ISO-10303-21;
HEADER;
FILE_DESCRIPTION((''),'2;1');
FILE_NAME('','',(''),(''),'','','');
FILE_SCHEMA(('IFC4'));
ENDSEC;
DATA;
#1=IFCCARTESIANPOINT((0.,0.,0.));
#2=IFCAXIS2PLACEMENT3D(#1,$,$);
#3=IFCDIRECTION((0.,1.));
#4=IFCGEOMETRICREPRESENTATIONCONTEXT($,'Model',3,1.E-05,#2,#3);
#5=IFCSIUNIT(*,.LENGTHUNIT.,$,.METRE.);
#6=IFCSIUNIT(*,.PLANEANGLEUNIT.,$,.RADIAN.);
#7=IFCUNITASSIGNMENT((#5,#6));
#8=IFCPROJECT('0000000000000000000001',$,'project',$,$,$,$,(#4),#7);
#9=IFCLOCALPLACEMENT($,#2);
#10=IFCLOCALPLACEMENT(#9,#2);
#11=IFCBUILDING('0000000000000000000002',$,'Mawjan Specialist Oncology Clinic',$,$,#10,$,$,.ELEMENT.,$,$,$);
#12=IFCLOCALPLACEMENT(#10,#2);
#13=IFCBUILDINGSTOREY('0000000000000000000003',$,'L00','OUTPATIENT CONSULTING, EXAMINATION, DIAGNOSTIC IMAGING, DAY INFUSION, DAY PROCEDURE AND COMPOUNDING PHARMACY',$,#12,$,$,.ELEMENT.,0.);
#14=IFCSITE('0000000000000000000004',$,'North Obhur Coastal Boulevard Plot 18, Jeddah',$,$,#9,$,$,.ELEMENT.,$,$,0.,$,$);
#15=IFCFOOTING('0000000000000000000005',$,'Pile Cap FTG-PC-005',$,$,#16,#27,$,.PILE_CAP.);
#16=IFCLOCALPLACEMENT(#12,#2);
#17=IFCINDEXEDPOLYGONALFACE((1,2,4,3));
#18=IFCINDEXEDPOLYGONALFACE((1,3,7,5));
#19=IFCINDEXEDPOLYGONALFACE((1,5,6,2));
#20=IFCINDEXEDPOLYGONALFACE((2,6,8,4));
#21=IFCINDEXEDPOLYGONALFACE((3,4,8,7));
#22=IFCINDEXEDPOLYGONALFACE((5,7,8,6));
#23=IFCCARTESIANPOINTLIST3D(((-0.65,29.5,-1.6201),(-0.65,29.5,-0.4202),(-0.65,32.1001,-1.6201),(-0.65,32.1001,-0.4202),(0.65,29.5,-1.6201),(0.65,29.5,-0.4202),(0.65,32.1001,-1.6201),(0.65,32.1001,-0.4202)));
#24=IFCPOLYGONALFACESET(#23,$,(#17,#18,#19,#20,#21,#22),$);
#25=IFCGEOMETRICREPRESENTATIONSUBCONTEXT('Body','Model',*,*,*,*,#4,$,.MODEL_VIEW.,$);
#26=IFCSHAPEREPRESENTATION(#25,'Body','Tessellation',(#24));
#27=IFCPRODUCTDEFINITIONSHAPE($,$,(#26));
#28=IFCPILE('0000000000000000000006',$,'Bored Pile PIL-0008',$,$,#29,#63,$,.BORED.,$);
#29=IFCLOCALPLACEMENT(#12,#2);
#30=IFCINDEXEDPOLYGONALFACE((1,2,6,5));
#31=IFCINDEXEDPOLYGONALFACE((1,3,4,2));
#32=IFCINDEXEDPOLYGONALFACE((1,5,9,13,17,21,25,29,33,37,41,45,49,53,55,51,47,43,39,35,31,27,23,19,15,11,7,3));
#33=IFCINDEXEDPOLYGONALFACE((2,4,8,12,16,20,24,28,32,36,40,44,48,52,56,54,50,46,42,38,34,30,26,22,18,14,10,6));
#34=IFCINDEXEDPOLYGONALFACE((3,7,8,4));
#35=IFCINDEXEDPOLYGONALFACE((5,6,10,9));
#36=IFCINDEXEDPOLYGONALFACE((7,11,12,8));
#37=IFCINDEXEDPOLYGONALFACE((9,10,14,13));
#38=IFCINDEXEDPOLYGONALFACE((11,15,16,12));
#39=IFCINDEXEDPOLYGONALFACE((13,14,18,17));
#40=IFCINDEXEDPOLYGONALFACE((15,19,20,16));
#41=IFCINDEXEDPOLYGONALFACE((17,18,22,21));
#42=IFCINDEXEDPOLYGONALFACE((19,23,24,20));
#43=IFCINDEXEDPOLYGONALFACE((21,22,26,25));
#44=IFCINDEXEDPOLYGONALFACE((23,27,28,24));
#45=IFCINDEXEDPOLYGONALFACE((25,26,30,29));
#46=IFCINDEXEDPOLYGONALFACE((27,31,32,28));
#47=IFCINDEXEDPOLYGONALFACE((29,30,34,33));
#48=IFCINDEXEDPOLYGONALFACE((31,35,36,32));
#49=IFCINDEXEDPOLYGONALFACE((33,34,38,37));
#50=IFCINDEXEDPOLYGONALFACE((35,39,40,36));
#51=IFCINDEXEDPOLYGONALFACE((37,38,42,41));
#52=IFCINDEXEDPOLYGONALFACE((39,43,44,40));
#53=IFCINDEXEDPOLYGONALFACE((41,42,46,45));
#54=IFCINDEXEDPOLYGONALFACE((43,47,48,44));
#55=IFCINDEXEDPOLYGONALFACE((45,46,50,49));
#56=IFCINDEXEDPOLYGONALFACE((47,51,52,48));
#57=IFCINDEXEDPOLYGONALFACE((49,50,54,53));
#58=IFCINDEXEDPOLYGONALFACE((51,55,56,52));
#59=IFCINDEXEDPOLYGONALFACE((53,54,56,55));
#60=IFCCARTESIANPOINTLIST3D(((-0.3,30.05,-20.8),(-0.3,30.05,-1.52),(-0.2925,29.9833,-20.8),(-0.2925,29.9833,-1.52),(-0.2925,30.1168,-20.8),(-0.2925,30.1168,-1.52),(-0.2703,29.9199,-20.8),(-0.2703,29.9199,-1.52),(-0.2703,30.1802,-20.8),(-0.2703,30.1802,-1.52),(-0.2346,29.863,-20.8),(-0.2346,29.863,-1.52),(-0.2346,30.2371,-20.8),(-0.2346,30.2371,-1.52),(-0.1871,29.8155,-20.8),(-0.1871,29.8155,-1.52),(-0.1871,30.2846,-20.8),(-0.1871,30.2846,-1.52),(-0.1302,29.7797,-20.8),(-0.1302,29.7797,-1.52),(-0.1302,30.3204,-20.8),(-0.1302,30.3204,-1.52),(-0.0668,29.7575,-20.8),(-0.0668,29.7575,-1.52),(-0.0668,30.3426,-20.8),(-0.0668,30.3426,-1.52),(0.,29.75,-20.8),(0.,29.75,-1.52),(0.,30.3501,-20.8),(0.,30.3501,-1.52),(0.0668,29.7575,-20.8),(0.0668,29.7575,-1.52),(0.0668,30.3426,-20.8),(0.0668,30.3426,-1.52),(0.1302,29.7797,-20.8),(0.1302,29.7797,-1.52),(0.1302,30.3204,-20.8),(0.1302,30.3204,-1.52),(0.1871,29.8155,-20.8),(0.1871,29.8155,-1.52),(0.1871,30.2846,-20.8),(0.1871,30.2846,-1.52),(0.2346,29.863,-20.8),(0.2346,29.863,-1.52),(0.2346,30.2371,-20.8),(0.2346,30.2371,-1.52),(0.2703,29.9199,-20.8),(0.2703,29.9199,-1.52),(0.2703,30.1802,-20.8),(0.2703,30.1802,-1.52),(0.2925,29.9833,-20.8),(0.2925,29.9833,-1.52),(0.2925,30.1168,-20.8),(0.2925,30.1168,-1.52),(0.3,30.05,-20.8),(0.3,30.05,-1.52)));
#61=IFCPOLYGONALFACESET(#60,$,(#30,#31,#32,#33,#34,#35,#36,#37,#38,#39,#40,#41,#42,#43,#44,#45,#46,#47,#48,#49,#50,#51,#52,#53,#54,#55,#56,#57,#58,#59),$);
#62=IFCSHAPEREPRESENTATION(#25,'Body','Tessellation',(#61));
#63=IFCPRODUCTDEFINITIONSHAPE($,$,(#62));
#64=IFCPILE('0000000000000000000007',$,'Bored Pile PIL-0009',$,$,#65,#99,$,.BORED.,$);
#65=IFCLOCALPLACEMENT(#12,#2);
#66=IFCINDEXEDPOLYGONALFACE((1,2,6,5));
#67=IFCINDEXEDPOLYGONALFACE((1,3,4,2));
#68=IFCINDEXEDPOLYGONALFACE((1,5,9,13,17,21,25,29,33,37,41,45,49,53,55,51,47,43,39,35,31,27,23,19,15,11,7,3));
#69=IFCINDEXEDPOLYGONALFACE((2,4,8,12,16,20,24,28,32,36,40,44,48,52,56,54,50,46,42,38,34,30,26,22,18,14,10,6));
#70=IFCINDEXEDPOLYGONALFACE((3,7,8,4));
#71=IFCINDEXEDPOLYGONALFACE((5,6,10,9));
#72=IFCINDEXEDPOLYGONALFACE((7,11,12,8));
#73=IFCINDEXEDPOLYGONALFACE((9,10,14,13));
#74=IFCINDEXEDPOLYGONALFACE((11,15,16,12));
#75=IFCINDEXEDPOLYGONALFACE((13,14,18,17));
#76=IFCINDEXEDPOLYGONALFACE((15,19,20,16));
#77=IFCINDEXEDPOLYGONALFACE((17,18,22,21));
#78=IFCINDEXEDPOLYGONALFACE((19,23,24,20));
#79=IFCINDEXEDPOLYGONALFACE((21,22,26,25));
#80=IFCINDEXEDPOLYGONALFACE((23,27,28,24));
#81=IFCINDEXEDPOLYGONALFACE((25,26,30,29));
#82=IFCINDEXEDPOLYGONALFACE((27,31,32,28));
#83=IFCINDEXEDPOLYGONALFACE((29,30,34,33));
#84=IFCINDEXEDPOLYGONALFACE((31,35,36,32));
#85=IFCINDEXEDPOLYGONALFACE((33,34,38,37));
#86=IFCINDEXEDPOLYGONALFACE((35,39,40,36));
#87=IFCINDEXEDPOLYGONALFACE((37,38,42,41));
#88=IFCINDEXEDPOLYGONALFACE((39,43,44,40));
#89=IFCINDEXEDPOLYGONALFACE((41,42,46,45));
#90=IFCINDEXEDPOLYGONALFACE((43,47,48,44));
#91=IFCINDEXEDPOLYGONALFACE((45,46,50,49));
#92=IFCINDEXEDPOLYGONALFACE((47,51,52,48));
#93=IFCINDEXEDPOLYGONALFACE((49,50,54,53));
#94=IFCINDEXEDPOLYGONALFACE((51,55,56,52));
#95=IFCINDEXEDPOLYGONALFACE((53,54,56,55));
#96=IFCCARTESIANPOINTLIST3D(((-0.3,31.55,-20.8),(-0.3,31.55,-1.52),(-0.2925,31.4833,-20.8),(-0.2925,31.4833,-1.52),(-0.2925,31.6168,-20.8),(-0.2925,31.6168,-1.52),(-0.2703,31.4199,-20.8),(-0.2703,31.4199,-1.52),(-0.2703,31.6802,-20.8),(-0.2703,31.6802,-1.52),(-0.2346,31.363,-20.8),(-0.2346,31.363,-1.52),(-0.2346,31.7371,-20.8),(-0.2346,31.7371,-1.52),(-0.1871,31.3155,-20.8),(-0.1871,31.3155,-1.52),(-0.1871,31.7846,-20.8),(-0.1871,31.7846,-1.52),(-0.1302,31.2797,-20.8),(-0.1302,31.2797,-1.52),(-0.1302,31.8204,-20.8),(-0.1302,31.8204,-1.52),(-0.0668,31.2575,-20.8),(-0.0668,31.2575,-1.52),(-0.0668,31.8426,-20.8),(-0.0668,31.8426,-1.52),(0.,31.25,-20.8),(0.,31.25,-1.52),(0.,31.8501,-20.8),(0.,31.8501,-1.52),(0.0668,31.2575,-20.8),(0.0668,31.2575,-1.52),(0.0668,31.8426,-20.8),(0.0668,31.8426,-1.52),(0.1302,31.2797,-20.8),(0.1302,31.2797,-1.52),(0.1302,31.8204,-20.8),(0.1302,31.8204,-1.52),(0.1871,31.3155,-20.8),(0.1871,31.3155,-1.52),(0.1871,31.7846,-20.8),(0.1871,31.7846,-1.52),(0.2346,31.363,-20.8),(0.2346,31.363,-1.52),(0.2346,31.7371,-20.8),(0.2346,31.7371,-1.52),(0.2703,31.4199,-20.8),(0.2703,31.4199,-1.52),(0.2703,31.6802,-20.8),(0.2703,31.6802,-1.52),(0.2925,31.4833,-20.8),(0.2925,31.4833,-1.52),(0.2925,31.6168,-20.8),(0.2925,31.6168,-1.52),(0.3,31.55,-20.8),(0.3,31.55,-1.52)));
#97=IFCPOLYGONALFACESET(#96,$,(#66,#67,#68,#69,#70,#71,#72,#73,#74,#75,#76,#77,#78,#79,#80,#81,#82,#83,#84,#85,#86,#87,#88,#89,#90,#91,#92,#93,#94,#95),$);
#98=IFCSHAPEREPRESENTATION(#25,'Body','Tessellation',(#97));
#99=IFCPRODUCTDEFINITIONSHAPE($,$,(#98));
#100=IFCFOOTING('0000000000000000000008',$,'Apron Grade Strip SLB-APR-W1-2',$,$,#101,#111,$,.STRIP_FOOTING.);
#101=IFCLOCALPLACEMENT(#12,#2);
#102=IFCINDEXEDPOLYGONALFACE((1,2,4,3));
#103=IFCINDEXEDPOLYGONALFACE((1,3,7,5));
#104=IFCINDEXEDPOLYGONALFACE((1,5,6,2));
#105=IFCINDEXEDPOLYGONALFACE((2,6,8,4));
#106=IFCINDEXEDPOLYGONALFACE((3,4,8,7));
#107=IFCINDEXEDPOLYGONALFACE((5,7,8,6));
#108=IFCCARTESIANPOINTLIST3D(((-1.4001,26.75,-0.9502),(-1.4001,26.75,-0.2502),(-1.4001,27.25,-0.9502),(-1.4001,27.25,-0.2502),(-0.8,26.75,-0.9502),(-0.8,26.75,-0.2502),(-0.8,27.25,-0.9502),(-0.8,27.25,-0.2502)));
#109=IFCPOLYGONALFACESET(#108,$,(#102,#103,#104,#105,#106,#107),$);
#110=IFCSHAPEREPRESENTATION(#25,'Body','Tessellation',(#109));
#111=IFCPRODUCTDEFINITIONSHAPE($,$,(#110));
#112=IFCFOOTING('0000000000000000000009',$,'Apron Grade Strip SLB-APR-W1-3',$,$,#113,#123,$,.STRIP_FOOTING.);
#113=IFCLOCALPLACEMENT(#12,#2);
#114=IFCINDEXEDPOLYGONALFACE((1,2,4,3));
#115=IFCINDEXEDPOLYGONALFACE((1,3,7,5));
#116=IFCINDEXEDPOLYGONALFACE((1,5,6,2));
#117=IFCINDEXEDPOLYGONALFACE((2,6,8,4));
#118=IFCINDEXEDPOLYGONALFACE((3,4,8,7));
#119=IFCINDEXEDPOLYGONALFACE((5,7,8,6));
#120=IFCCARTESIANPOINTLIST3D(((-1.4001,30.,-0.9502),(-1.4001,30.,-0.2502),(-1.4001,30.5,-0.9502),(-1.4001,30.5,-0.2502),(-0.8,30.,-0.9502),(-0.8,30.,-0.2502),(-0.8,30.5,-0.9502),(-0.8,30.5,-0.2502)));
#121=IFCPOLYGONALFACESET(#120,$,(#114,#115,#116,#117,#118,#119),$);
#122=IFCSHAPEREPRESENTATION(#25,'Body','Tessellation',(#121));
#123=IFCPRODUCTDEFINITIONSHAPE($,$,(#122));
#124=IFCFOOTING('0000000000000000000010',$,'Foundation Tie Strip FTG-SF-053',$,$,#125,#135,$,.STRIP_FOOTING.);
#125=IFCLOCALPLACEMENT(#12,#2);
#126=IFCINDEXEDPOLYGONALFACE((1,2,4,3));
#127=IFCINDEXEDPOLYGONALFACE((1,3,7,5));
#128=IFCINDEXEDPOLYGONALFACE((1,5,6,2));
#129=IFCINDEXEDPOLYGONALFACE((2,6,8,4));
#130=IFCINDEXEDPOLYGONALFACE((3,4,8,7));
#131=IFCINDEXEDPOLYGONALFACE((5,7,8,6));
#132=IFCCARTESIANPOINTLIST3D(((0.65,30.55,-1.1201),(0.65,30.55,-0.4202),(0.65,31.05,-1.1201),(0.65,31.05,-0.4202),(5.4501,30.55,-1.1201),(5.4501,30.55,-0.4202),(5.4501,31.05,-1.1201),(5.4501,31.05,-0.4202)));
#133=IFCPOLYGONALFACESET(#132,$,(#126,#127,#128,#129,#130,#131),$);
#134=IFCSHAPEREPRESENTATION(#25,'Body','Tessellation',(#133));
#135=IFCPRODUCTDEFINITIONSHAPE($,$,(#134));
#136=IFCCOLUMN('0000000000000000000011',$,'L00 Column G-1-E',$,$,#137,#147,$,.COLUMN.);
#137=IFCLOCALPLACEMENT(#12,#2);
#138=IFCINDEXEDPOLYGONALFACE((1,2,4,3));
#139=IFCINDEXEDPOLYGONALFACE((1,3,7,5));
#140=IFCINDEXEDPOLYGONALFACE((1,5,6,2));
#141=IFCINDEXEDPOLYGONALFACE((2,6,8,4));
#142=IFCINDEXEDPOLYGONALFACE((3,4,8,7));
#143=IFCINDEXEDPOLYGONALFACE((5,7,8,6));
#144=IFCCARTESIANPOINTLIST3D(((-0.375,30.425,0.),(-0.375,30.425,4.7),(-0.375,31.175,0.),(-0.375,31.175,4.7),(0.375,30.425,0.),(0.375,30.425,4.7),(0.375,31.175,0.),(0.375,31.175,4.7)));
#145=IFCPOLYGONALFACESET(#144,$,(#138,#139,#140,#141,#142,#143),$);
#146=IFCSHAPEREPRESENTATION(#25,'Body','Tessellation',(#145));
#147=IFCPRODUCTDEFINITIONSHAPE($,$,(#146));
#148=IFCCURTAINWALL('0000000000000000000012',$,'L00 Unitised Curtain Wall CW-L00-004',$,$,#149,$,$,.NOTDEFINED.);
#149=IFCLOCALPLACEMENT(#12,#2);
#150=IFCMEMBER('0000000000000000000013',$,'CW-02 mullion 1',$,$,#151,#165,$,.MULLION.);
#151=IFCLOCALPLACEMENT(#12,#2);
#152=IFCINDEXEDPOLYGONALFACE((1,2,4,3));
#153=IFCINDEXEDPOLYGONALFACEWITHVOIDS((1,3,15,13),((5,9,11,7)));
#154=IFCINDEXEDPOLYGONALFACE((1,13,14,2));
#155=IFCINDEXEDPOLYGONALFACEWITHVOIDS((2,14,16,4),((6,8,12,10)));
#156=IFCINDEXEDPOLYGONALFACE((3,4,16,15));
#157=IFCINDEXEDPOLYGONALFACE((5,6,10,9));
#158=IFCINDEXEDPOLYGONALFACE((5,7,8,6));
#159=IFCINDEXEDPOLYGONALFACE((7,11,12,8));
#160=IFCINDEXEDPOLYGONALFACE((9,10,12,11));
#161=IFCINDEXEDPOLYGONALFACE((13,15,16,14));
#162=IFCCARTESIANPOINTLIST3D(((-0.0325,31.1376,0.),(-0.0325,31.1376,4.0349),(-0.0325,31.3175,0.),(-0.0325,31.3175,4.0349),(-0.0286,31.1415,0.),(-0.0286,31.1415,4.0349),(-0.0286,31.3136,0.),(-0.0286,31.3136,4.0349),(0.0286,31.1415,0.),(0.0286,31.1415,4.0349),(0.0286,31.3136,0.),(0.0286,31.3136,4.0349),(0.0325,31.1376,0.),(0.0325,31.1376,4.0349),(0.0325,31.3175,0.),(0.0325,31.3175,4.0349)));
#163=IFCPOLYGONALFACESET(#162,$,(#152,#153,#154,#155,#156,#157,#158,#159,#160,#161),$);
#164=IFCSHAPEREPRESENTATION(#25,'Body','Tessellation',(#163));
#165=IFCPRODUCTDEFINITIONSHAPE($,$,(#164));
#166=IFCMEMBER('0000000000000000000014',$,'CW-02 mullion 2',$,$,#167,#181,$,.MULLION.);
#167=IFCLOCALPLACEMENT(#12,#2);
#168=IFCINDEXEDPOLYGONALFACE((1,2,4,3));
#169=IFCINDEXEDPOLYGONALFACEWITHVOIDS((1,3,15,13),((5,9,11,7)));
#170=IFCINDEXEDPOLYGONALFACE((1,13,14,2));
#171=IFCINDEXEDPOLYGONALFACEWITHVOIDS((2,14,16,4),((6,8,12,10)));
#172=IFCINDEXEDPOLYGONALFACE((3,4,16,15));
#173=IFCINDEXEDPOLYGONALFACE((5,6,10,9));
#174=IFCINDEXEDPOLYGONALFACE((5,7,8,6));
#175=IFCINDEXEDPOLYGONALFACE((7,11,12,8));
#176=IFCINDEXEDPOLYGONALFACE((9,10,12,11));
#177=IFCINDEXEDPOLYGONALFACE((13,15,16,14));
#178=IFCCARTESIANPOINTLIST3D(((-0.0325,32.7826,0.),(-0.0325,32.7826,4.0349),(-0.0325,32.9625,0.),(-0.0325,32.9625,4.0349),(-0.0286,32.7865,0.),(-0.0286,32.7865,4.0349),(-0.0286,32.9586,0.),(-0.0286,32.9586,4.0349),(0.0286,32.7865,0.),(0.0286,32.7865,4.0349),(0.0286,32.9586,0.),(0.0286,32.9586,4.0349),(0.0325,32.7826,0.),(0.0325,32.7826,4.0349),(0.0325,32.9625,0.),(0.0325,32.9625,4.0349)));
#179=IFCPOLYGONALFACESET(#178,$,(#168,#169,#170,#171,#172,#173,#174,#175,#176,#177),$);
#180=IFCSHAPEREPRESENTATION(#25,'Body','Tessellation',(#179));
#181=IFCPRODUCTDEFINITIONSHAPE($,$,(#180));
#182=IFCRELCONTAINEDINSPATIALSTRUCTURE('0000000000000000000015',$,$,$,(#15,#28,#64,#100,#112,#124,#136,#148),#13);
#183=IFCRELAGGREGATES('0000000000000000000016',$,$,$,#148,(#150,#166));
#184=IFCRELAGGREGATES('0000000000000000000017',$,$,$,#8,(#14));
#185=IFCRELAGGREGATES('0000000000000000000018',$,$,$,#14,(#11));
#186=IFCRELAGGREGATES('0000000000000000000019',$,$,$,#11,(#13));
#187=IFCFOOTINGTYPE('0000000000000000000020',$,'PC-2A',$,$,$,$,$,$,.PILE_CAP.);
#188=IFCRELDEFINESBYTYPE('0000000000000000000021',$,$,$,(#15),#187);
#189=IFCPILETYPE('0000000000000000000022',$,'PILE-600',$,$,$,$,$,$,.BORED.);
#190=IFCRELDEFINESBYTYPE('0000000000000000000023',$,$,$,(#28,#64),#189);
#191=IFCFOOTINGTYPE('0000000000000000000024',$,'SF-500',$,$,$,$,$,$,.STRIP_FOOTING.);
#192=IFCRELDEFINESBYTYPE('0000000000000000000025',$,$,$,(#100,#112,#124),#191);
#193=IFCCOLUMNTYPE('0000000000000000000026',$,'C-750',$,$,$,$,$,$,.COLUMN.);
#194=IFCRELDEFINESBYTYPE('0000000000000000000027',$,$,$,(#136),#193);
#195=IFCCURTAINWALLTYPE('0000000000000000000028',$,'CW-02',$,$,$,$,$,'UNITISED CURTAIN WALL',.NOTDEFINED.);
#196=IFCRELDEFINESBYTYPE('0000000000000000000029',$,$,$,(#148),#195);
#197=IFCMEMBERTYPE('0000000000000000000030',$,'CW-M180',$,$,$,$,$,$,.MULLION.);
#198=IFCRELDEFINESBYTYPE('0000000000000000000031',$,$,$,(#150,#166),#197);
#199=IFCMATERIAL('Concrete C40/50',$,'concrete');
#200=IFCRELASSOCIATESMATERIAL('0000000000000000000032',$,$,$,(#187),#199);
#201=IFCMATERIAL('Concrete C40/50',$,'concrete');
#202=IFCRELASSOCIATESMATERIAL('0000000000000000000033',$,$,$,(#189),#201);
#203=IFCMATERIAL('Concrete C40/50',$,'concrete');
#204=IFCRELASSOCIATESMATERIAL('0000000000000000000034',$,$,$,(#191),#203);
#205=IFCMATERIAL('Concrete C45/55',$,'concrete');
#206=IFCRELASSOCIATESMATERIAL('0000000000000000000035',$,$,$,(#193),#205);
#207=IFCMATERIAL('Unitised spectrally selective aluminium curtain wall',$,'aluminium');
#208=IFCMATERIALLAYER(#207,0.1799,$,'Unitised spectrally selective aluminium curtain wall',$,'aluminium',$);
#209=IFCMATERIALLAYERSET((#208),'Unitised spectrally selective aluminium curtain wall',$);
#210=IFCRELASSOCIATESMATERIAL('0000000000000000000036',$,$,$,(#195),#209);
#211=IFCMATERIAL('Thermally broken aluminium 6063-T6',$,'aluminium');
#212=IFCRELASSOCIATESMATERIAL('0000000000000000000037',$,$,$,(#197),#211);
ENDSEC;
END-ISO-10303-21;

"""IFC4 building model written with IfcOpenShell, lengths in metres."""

from ifc_helpers import new_model, si_unit, direction, frame, origin, origin_2d, place, context, subcontext, project, spatial, rectangle, hollow_rectangle, circle, extrude, material, layer, layer_set, material_profile, profile_set, type_object, element, aggregate, save


model = new_model("IFC4")

# Units and contexts
model_context = context("Model", 3, precision=1e-05, world=origin(), true_north=direction((0.0, 1.0)))
body_context = subcontext(model_context, "Body", "Model", "MODEL_VIEW")
ifc_project = project(units=[si_unit("LENGTHUNIT", "METRE"), si_unit("PLANEANGLEUNIT", "RADIAN")], contexts=[model_context])

# Site, building, storey
site_placement = place(None, origin())
site = spatial("IfcSite", under=ifc_project, at=site_placement, Name="North Obhur Coastal Boulevard Plot 18, Jeddah", CompositionType="ELEMENT", RefElevation=0.0)
building_placement = place(site_placement, origin())
building = spatial("IfcBuilding", under=site, at=building_placement, Name="Mawjan Specialist Oncology Clinic", CompositionType="ELEMENT")
storey_placement = place(building_placement, origin())
storey = spatial("IfcBuildingStorey", under=building, at=storey_placement, Name="L00", Description="OUTPATIENT CONSULTING, EXAMINATION, DIAGNOSTIC IMAGING, DAY INFUSION, DAY PROCEDURE AND COMPOUNDING PHARMACY", CompositionType="ELEMENT", Elevation=0.0)

# Footing
ifc_material_1 = material(Name="Concrete C40/50", Category="concrete")
footing_type_1 = type_object("IfcFootingType", Name="PC-2A", PredefinedType="PILE_CAP", material=ifc_material_1)
footing_1_placement = place(storey_placement, frame((0.0, 30.8, -1.6201), z_axis=(0.0, 0.0, 1.0), x_axis=(0.0, 1.0, 0.0)))
element("IfcFooting", 1, at=footing_1_placement, inside=storey, type_object=footing_type_1, Name="Pile Cap FTG-PC-005", PredefinedType="PILE_CAP", context=body_context, shape_type="SweptSolid", body=[
    extrude(rectangle(XDim=2.6001, YDim=1.3, at=origin_2d()), origin(), (0.0, 0.0, 1.0), 1.2),
])

# Piles
ifc_material_2 = material(Name="Concrete C40/50", Category="concrete")
ifc_material_profile_1 = material_profile(ifc_material_2, circle(Radius=0.3, at=origin_2d()), Name="BORED PILE D600", Category="concrete")
ifc_profile_set_1 = profile_set([ifc_material_profile_1], Name="Concrete C40/50")
pile_type = type_object("IfcPileType", Name="PILE-600", PredefinedType="BORED", material=ifc_profile_set_1)
for number, where, z_axis, x_axis, name in (
    (2, (0.0, 30.05, -1.52), (0.0, 0.0, -1.0), (1.0, 0.0, 0.0), "Bored Pile PIL-0008"),
    (3, (0.0, 31.55, -1.52), (0.0, 0.0, -1.0), (1.0, 0.0, 0.0), "Bored Pile PIL-0009"),
):
    element("IfcPile", number, at=place(storey_placement, frame(where, z_axis=z_axis, x_axis=x_axis)), inside=storey, type_object=pile_type, Name=name, PredefinedType="BORED", context=body_context, shape_type="SweptSolid", body=[
        extrude(circle(Radius=0.3, at=origin_2d()), origin(), (0.0, 0.0, 1.0), 19.28),
    ])

# Footings
ifc_material_3 = material(Name="Concrete C40/50", Category="concrete")
footing_type_2 = type_object("IfcFootingType", Name="SF-500", PredefinedType="STRIP_FOOTING", material=ifc_material_3)
for number, where, z_axis, x_axis, name in (
    (4, (-1.1001, 27.0, -0.9502), (0.0, 0.0, 1.0), (1.0, 0.0, 0.0), "Apron Grade Strip SLB-APR-W1-2"),
    (5, (-1.1001, 30.25, -0.9502), (0.0, 0.0, 1.0), (1.0, 0.0, 0.0), "Apron Grade Strip SLB-APR-W1-3"),
):
    element("IfcFooting", number, at=place(storey_placement, frame(where, z_axis=z_axis, x_axis=x_axis)), inside=storey, type_object=footing_type_2, Name=name, PredefinedType="STRIP_FOOTING", context=body_context, shape_type="SweptSolid", body=[
        extrude(rectangle(XDim=0.6001, YDim=0.5, at=origin_2d()), origin(), (0.0, 0.0, 1.0), 0.7),
    ])
footing_2_placement = place(storey_placement, frame((3.05, 30.8, -1.1201), z_axis=(0.0, 0.0, 1.0), x_axis=(1.0, 0.0, 0.0)))
element("IfcFooting", 6, at=footing_2_placement, inside=storey, type_object=footing_type_2, Name="Foundation Tie Strip FTG-SF-053", PredefinedType="STRIP_FOOTING", context=body_context, shape_type="SweptSolid", body=[
    extrude(rectangle(XDim=4.8, YDim=0.5, at=origin_2d()), origin(), (0.0, 0.0, 1.0), 0.7),
])

# Column
ifc_material_4 = material(Name="Concrete C45/55", Category="concrete")
ifc_material_profile_2 = material_profile(ifc_material_4, rectangle(XDim=0.75, YDim=0.75, at=origin_2d()), Name="RC COL 750x750", Category="concrete")
ifc_profile_set_2 = profile_set([ifc_material_profile_2], Name="Concrete C45/55")
column_type = type_object("IfcColumnType", Name="C-750", PredefinedType="COLUMN", material=ifc_profile_set_2)
column_placement = place(storey_placement, frame((0.0, 30.8, 0.0), z_axis=(0.0, 0.0, 1.0), x_axis=(1.0, 0.0, 0.0)))
element("IfcColumn", 7, at=column_placement, inside=storey, type_object=column_type, Name="L00 Column G-1-E", PredefinedType="COLUMN", context=body_context, shape_type="SweptSolid", body=[
    extrude(rectangle(XDim=0.75, YDim=0.75, at=origin_2d()), origin(), (0.0, 0.0, 1.0), 4.7),
])

# Curtain wall, members
ifc_material_5 = material(Name="Unitised spectrally selective aluminium curtain wall", Category="aluminium")
ifc_layer_1 = layer(ifc_material_5, 0.1799, Name="Unitised spectrally selective aluminium curtain wall", Category="aluminium")
ifc_layer_set_1 = layer_set([ifc_layer_1], Name="Unitised spectrally selective aluminium curtain wall")
curtain_wall_type = type_object("IfcCurtainWallType", Name="CW-02", ElementType="UNITISED CURTAIN WALL", PredefinedType="NOTDEFINED", material=ifc_layer_set_1)
curtain_wall_placement = place(storey_placement, origin())
curtain_wall = element("IfcCurtainWall", 8, at=curtain_wall_placement, inside=storey, type_object=curtain_wall_type, Name="L00 Unitised Curtain Wall CW-L00-004", PredefinedType="NOTDEFINED")
ifc_material_6 = material(Name="Thermally broken aluminium 6063-T6", Category="aluminium")
ifc_material_profile_3 = material_profile(ifc_material_6, hollow_rectangle(XDim=0.0649, YDim=0.1799, WallThickness=0.0039, at=origin_2d()), Name="ALU MULLION 180x65x4", Category="aluminium")
ifc_profile_set_3 = profile_set([ifc_material_profile_3], Name="Thermally broken aluminium 6063-T6")
member_type_1 = type_object("IfcMemberType", Name="CW-M180", PredefinedType="MULLION", material=ifc_profile_set_3)
member_1_placement = place(storey_placement, frame((0.0, 31.2275, 0.0), z_axis=(0.0, 0.0, 1.0), x_axis=(-1.0, 0.0, 0.0)))
member_1 = element("IfcMember", 9, at=member_1_placement, type_object=member_type_1, Name="CW-02 mullion 1", PredefinedType="MULLION", context=body_context, shape_type="SweptSolid", body=[
    extrude(hollow_rectangle(XDim=0.0649, YDim=0.1799, WallThickness=0.0039, at=origin_2d()), origin(), (0.0, 0.0, 1.0), 4.0349),
])
member_2_placement = place(storey_placement, frame((0.0, 32.8726, 0.0), z_axis=(0.0, 0.0, 1.0), x_axis=(-1.0, 0.0, 0.0)))
member_2 = element("IfcMember", 10, at=member_2_placement, type_object=member_type_1, Name="CW-02 mullion 2", PredefinedType="MULLION", context=body_context, shape_type="SweptSolid", body=[
    extrude(hollow_rectangle(XDim=0.0649, YDim=0.1799, WallThickness=0.0039, at=origin_2d()), origin(), (0.0, 0.0, 1.0), 4.0349),
])
aggregate(curtain_wall, [member_1, member_2])

save(model, "model.ifc")
